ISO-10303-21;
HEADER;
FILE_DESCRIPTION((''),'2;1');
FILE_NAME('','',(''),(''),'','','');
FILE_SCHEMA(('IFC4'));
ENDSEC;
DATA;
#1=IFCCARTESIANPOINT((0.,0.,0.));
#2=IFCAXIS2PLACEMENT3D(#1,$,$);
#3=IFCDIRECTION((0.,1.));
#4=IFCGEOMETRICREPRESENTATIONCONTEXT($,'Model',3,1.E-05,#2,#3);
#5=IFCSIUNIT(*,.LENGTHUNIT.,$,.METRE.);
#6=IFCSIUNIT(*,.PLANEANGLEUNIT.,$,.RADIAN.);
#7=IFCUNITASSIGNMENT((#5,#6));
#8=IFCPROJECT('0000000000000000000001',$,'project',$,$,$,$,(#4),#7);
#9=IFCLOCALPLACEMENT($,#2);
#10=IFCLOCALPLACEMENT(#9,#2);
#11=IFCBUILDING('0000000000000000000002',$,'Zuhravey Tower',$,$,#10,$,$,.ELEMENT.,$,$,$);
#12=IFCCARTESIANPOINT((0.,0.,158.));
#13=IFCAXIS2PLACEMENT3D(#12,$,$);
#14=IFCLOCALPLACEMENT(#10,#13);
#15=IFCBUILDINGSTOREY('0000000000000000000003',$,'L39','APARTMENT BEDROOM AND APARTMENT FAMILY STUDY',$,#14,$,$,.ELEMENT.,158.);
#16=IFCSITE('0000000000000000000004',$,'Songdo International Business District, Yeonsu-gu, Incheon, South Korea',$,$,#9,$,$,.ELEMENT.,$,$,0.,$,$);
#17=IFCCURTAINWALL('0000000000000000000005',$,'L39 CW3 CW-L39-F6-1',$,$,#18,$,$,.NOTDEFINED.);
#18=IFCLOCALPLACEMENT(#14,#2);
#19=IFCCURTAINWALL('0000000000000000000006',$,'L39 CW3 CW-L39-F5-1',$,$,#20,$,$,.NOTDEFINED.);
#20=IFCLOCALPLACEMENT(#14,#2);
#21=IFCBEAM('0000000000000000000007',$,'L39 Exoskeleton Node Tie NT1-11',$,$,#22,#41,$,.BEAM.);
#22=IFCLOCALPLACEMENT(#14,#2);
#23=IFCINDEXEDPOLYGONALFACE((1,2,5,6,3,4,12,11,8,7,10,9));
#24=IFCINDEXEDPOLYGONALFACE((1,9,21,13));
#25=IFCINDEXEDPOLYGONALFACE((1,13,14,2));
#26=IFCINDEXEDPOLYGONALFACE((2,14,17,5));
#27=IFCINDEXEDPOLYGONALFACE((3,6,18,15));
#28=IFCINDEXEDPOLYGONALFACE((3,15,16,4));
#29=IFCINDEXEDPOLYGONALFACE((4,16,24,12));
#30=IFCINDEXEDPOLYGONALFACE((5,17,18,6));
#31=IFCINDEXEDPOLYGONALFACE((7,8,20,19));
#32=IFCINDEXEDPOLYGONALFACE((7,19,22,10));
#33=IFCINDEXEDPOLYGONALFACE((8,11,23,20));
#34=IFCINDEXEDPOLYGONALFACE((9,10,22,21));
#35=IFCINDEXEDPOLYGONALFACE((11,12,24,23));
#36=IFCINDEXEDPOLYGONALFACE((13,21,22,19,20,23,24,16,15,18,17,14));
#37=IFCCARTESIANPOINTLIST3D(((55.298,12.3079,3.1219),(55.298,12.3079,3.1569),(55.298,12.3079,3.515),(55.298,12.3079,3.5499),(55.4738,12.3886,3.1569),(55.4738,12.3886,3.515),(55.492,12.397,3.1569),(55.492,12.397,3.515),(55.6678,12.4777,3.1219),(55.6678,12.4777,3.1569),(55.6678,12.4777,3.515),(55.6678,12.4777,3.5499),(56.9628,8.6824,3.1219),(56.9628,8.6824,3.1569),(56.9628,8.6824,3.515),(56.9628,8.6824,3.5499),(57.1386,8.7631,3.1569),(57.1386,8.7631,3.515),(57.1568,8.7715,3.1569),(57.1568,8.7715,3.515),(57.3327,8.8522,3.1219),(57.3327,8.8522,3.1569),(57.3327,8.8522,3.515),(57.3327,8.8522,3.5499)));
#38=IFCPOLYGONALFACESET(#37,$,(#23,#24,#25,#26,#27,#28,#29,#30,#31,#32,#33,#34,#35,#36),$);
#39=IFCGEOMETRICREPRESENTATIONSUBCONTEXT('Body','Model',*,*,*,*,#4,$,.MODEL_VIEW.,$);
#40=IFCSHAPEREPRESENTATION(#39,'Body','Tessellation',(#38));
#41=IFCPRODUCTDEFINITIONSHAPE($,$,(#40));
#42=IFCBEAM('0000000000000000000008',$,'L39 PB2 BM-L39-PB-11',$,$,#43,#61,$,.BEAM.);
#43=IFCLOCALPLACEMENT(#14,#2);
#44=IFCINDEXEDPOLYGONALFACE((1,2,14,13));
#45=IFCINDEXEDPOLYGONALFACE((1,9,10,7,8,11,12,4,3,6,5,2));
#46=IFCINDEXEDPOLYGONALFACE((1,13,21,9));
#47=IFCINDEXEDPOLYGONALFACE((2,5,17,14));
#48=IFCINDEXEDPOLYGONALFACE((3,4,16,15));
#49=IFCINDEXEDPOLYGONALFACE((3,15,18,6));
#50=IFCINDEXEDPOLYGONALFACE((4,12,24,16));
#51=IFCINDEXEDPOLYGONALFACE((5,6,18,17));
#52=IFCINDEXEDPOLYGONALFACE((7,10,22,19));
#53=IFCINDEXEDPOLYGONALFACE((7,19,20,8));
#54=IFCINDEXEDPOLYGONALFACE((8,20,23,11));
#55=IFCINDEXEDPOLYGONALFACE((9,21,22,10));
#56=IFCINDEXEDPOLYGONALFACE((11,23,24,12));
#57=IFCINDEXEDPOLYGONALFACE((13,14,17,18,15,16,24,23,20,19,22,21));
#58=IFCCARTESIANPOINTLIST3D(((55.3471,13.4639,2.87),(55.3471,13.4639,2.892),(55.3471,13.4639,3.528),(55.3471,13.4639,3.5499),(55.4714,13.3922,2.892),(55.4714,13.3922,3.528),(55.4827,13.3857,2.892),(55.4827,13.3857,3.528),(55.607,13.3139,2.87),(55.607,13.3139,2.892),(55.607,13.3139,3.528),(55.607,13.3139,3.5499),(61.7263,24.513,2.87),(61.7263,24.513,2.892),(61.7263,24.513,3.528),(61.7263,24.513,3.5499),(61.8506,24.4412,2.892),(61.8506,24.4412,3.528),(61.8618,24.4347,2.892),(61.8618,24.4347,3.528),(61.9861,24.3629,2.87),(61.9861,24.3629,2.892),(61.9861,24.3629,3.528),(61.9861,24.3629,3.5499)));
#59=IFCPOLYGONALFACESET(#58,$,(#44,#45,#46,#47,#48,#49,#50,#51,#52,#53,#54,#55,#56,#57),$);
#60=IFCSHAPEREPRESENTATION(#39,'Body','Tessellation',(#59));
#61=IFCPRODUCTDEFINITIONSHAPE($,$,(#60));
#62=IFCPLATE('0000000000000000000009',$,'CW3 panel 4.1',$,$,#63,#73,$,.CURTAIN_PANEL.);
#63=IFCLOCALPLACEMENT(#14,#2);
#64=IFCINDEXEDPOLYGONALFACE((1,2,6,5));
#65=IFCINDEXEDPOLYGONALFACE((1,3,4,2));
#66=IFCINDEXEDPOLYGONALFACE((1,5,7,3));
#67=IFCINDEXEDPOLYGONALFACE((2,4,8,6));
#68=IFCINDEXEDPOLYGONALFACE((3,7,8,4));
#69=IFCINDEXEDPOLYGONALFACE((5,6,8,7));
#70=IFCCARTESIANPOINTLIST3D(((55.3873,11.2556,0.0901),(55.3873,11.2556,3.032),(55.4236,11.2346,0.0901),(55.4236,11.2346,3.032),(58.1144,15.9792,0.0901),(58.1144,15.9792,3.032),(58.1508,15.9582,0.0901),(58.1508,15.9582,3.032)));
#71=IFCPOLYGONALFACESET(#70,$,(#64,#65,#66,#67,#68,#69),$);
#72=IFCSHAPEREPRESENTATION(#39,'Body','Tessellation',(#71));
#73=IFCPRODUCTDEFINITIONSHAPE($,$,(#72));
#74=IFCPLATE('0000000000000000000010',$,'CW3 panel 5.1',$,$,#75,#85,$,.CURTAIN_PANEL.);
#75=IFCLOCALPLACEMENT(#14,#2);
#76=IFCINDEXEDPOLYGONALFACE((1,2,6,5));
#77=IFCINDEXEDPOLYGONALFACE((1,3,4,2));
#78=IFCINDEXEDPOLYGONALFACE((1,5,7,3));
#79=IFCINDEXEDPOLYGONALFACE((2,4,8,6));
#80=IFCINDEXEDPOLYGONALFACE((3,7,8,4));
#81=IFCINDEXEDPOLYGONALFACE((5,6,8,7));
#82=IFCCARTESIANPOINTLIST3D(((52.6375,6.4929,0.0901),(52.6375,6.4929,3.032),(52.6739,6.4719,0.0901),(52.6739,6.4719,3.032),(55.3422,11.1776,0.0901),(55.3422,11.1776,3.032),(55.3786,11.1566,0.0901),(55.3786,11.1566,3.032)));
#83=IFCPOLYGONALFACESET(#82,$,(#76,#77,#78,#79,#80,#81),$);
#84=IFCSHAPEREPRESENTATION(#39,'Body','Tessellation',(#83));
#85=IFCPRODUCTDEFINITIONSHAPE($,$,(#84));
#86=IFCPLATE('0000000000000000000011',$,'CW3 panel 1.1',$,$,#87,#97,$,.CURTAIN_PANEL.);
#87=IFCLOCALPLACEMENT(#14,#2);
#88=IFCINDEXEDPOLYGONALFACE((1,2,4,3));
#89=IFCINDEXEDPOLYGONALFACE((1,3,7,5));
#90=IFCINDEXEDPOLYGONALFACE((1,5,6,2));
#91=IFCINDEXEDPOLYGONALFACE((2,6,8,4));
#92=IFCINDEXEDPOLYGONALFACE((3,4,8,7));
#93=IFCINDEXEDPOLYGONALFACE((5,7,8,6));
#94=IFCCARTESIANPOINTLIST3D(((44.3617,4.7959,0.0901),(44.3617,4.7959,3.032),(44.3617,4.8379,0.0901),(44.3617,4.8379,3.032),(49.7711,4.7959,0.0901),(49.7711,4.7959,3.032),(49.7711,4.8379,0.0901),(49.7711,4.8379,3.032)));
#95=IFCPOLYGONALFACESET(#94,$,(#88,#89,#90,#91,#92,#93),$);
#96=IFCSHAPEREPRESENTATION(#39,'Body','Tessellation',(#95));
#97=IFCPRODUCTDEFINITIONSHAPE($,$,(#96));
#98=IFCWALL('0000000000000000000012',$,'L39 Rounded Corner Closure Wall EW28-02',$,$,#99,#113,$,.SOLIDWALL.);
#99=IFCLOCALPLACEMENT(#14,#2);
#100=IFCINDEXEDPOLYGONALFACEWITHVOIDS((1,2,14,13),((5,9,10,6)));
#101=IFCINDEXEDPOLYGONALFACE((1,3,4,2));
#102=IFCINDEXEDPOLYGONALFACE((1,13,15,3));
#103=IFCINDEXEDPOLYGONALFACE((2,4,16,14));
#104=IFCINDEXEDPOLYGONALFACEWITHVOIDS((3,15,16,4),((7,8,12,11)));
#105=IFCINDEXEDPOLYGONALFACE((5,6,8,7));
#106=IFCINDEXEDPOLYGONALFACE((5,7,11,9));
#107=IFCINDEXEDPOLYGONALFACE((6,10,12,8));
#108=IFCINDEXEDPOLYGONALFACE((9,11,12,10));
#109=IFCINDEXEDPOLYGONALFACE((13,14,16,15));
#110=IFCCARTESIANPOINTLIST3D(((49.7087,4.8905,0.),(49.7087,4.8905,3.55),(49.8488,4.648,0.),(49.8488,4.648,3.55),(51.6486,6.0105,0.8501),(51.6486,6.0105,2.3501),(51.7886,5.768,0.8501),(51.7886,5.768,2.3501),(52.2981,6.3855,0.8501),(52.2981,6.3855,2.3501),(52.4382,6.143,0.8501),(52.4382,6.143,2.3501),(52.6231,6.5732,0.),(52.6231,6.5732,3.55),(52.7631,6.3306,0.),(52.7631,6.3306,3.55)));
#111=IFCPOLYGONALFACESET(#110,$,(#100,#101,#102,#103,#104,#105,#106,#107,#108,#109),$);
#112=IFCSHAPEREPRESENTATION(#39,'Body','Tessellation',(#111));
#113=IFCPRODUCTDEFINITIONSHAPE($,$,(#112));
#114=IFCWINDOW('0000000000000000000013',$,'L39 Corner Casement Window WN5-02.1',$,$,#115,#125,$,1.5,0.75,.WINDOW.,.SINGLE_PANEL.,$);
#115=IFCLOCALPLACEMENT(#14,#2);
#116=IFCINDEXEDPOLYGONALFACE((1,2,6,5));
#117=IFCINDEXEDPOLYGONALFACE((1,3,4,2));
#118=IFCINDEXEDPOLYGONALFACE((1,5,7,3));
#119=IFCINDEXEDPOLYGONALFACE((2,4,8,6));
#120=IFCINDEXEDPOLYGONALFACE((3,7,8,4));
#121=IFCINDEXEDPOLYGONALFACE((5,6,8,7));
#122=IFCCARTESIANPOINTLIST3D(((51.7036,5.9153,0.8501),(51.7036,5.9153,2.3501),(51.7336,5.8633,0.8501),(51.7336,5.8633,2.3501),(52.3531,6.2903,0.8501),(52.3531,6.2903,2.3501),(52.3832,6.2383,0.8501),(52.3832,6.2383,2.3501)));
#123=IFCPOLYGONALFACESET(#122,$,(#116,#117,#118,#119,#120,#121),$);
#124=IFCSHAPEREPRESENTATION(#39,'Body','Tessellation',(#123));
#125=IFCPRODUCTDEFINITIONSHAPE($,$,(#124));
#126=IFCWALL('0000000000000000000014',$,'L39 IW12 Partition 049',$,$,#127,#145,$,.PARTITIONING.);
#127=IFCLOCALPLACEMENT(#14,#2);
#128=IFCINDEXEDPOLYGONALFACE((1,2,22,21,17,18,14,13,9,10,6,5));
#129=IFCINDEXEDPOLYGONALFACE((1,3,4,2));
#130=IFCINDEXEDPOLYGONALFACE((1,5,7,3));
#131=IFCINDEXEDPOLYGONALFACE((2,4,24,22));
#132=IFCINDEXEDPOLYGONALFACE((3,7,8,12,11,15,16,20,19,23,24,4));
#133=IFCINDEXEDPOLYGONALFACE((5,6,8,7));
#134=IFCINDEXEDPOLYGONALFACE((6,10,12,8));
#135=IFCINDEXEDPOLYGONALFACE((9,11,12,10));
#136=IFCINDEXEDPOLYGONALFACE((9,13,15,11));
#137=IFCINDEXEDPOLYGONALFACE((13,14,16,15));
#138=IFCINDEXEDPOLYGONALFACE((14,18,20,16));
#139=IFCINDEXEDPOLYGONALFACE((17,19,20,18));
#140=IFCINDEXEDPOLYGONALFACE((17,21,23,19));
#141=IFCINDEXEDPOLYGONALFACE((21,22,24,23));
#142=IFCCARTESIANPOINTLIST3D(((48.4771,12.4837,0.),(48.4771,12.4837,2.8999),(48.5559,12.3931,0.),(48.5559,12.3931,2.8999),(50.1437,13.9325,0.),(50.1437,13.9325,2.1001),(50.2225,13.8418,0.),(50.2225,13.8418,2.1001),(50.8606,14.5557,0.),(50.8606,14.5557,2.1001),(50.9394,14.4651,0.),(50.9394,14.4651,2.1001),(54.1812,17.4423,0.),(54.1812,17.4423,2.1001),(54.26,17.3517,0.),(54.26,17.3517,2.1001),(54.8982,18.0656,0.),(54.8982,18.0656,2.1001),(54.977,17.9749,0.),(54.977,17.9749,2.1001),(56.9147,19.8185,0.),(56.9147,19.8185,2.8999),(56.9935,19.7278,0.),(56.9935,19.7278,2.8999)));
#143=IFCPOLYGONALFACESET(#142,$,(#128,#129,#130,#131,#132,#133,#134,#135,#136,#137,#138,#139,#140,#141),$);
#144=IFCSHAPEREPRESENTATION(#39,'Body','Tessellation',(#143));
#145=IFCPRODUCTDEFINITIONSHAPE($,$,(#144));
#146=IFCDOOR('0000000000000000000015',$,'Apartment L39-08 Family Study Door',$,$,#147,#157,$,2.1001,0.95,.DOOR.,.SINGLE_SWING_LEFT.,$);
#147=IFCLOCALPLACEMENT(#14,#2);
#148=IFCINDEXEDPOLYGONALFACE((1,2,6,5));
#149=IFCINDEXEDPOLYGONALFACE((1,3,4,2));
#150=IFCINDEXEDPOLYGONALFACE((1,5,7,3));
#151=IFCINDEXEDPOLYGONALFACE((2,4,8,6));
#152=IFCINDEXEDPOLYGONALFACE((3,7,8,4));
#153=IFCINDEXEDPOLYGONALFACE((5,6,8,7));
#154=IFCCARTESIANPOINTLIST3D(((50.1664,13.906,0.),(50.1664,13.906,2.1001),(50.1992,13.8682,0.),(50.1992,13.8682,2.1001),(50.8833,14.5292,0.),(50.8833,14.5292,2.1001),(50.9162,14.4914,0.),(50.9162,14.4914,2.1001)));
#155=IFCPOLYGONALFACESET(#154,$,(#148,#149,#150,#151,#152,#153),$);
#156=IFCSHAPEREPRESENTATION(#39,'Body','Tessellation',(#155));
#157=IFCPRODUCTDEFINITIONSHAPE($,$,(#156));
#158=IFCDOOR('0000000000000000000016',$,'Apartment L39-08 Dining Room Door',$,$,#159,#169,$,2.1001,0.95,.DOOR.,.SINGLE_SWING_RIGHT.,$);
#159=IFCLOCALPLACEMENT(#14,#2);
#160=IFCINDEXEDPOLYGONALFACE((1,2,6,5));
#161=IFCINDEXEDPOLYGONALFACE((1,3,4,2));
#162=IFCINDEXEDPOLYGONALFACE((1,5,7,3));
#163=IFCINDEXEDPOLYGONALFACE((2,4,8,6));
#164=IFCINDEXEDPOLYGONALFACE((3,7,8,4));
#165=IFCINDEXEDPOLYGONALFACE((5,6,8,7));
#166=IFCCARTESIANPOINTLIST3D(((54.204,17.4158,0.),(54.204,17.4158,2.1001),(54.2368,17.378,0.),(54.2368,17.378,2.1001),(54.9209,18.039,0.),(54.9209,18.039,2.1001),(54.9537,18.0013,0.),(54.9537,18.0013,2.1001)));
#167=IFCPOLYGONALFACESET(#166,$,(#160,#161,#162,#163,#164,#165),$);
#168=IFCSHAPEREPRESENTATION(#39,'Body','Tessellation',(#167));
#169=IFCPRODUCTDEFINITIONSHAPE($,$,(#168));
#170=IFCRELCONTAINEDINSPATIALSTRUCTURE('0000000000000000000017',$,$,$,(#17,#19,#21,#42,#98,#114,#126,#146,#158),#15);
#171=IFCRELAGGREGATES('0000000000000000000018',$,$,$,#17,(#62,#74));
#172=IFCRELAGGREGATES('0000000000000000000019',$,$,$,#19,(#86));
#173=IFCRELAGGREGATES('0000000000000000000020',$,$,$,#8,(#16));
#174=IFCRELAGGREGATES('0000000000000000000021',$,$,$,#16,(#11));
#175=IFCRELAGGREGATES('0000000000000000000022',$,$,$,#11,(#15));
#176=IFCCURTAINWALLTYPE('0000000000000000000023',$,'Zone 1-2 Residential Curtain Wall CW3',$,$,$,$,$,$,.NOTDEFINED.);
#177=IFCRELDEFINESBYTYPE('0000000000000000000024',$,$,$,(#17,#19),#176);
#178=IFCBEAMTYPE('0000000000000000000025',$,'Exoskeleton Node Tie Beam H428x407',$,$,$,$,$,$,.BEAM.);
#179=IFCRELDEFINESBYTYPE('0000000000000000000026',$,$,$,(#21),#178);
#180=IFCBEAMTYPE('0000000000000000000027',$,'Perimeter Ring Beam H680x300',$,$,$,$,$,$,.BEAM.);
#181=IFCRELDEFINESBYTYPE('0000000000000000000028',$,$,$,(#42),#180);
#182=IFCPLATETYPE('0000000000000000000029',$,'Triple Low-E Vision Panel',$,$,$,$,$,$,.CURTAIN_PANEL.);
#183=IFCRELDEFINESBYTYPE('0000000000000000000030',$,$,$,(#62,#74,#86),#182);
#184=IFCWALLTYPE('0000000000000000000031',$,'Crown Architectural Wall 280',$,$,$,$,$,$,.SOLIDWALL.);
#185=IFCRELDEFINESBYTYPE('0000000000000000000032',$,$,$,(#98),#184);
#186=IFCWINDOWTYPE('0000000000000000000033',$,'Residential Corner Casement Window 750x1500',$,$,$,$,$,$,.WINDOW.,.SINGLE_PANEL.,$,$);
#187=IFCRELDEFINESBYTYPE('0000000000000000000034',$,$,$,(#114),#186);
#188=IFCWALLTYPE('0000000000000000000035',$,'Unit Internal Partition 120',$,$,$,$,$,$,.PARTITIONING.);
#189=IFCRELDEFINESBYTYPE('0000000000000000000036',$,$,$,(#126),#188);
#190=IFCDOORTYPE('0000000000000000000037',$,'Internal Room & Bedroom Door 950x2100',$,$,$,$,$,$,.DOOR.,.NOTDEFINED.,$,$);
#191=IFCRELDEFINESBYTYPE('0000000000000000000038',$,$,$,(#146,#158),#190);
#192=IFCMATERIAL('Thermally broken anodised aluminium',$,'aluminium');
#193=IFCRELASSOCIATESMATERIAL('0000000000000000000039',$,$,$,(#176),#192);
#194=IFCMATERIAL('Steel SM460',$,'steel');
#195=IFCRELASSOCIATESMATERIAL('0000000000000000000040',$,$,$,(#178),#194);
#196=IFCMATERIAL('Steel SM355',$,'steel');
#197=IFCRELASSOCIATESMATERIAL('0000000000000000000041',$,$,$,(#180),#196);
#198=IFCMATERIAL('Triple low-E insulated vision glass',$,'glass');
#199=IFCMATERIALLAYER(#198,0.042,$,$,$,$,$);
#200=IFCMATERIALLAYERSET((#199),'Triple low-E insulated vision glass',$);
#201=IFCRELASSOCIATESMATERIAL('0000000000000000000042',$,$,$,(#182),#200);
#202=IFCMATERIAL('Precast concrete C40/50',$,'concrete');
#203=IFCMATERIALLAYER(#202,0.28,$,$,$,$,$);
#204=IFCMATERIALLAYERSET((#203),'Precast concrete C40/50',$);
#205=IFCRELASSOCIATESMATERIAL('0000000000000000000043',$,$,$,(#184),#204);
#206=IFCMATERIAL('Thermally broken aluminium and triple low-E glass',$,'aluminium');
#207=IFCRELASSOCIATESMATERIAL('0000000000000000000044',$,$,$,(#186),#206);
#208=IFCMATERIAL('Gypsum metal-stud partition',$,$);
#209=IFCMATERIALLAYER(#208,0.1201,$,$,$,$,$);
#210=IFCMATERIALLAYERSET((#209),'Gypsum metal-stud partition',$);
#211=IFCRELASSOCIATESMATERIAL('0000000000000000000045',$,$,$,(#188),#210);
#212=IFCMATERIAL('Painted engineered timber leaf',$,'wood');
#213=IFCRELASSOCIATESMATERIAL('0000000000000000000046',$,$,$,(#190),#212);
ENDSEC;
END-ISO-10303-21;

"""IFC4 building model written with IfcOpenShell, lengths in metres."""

from ifc_helpers import new_model, si_unit, direction, frame, frame_2d, origin, origin_2d, place, context, subcontext, project, spatial, rectangle, i_section, extrude, material, layer, layer_set, material_profile, profile_set, type_object, element, fill, aggregate, save


model = new_model("IFC4")

# Units and contexts
model_context = context("Model", 3, precision=1e-05, world=origin(), true_north=direction((0.0, 1.0)))
body_context = subcontext(model_context, "Body", "Model", "MODEL_VIEW")
ifc_project = project(units=[si_unit("LENGTHUNIT", "METRE"), si_unit("PLANEANGLEUNIT", "RADIAN")], contexts=[model_context])

# Site, building, storey
site_placement = place(None, origin())
site = spatial("IfcSite", under=ifc_project, at=site_placement, Name="Songdo International Business District, Yeonsu-gu, Incheon, South Korea", CompositionType="ELEMENT", RefElevation=0.0)
building_placement = place(site_placement, origin())
building = spatial("IfcBuilding", under=site, at=building_placement, Name="Zuhravey Tower", CompositionType="ELEMENT")
storey_placement = place(building_placement, frame((0.0, 0.0, 158.0)))
storey = spatial("IfcBuildingStorey", under=building, at=storey_placement, Name="L39", Description="APARTMENT BEDROOM AND APARTMENT FAMILY STUDY", CompositionType="ELEMENT", Elevation=158.0)

# Curtain wall
ifc_material_1 = material(Name="Thermally broken anodised aluminium", Category="aluminium")
curtain_wall_type = type_object("IfcCurtainWallType", Name="Zone 1-2 Residential Curtain Wall CW3", PredefinedType="NOTDEFINED", material=ifc_material_1)
curtain_wall_1_placement = place(storey_placement, origin())
curtain_wall_1 = element("IfcCurtainWall", 1, at=curtain_wall_1_placement, inside=storey, type_object=curtain_wall_type, Name="L39 CW3 CW-L39-F6-1", PredefinedType="NOTDEFINED")

# Curtain wall
curtain_wall_2_placement = place(storey_placement, origin())
curtain_wall_2 = element("IfcCurtainWall", 2, at=curtain_wall_2_placement, inside=storey, type_object=curtain_wall_type, Name="L39 CW3 CW-L39-F5-1", PredefinedType="NOTDEFINED")

# Beams
ifc_material_2 = material(Name="Steel SM460", Category="steel")
ifc_material_profile_1 = material_profile(ifc_material_2, i_section(OverallWidth=0.407, OverallDepth=0.428, WebThickness=0.02, FlangeThickness=0.0349, at=origin_2d()), Name="H-428x407x20x35")
ifc_profile_set_1 = profile_set([ifc_material_profile_1], Name="Steel SM460")
beam_type_1 = type_object("IfcBeamType", Name="Exoskeleton Node Tie Beam H428x407", PredefinedType="BEAM", material=ifc_profile_set_1)
beam_1_placement = place(storey_placement, frame((55.4829, 12.3928, 3.3359), z_axis=(0.417299, -0.908769, 0.0), x_axis=(0.908769, 0.417299, 0.0)))
element("IfcBeam", 3, at=beam_1_placement, inside=storey, type_object=beam_type_1, Name="L39 Exoskeleton Node Tie NT1-11", PredefinedType="BEAM", context=body_context, shape_type="SweptSolid", body=[
    extrude(i_section(OverallWidth=0.407, OverallDepth=0.428, WebThickness=0.02, FlangeThickness=0.0349, at=origin_2d()), origin(), (0.0, 0.0, 1.0), 3.9895),
])
ifc_material_3 = material(Name="Steel SM355", Category="steel")
ifc_material_profile_2 = material_profile(ifc_material_3, i_section(OverallWidth=0.3, OverallDepth=0.6799, WebThickness=0.0129, FlangeThickness=0.022, at=origin_2d()), Name="H-680x300x13x22")
ifc_profile_set_2 = profile_set([ifc_material_profile_2], Name="Steel SM355")
beam_type_2 = type_object("IfcBeamType", Name="Perimeter Ring Beam H680x300", PredefinedType="BEAM", material=ifc_profile_set_2)
beam_2_placement = place(storey_placement, frame((55.4771, 13.3889, 3.21), z_axis=(0.499998, 0.866027, 0.0), x_axis=(-0.866027, 0.499998, 0.0)))
element("IfcBeam", 4, at=beam_2_placement, inside=storey, type_object=beam_type_2, Name="L39 PB2 BM-L39-PB-11", PredefinedType="BEAM", context=body_context, shape_type="SweptSolid", body=[
    extrude(i_section(OverallWidth=0.3, OverallDepth=0.6799, WebThickness=0.0129, FlangeThickness=0.022, at=origin_2d()), origin(), (0.0, 0.0, 1.0), 12.7583),
])

# Plates
ifc_material_4 = material(Name="Triple low-E insulated vision glass", Category="glass")
ifc_layer_1 = layer(ifc_material_4, 0.042)
ifc_layer_set_1 = layer_set([ifc_layer_1], Name="Triple low-E insulated vision glass")
plate_type = type_object("IfcPlateType", Name="Triple Low-E Vision Panel", PredefinedType="CURTAIN_PANEL", material=ifc_layer_set_1)
plate_1_placement = place(storey_placement, frame((56.769, 13.6069, 0.0901), z_axis=(0.0, 0.0, 1.0), x_axis=(-0.5, -0.866025, 0.0)))
plate_1 = element("IfcPlate", 5, at=plate_1_placement, type_object=plate_type, Name="CW3 panel 4.1", PredefinedType="CURTAIN_PANEL", context=body_context, shape_type="SweptSolid", body=[
    extrude(rectangle(XDim=5.4543, YDim=0.042, at=origin_2d()), origin(), (0.0, 0.0, 1.0), 2.9419),
])
plate_2_placement = place(storey_placement, frame((54.0081, 8.8247, 0.0901), z_axis=(0.0, 0.0, 1.0), x_axis=(-0.5, -0.866025, 0.0)))
plate_2 = element("IfcPlate", 6, at=plate_2_placement, type_object=plate_type, Name="CW3 panel 5.1", PredefinedType="CURTAIN_PANEL", context=body_context, shape_type="SweptSolid", body=[
    extrude(rectangle(XDim=5.4094, YDim=0.042, at=origin_2d()), origin(), (0.0, 0.0, 1.0), 2.9419),
])
aggregate(curtain_wall_1, [plate_1, plate_2])
plate_3_placement = place(storey_placement, frame((47.0664, 4.8169, 0.0901), z_axis=(0.0, 0.0, 1.0), x_axis=(-1.0, 0.0, 0.0)))
plate_3 = element("IfcPlate", 7, at=plate_3_placement, type_object=plate_type, Name="CW3 panel 1.1", PredefinedType="CURTAIN_PANEL", context=body_context, shape_type="SweptSolid", body=[
    extrude(rectangle(XDim=5.4094, YDim=0.042, at=origin_2d()), origin(), (0.0, 0.0, 1.0), 2.9419),
])
aggregate(curtain_wall_2, [plate_3])

# Wall, opening, window
ifc_material_5 = material(Name="Precast concrete C40/50", Category="concrete")
ifc_layer_2 = layer(ifc_material_5, 0.28)
ifc_layer_set_2 = layer_set([ifc_layer_2], Name="Precast concrete C40/50")
wall_type_1 = type_object("IfcWallType", Name="Crown Architectural Wall 280", PredefinedType="SOLIDWALL", material=ifc_layer_set_2)
wall_1_placement = place(storey_placement, frame((52.6931, 6.4519, 0.0), z_axis=(0.0, 0.0, 1.0), x_axis=(-0.86602, -0.500009, 0.0)))
wall_1 = element("IfcWall", 8, at=wall_1_placement, inside=storey, type_object=wall_type_1, Name="L39 Rounded Corner Closure Wall EW28-02", PredefinedType="SOLIDWALL", context=body_context, shape_type="SweptSolid", body=[
    extrude(rectangle(XDim=3.3652, YDim=0.28, at=frame_2d((1.6826, 0.0))), origin(), (0.0, 0.0, 1.0), 3.55),
])
opening_1_placement = place(wall_1_placement, frame((0.3752, 0.0, 0.8501)))
opening_1 = element("IfcOpeningElement", 9, at=opening_1_placement, cuts=wall_1, PredefinedType="OPENING", context=body_context, shape_type="SweptSolid", body=[
    extrude(rectangle(XDim=0.75, YDim=1.5, at=frame_2d((0.375, 0.75))), frame((0.0, 0.1521, 0.0), z_axis=(0.0, -1.0, 0.0), x_axis=(1.0, 0.0, 0.0)), (0.0, 0.0, 1.0), 0.304),
])
ifc_material_6 = material(Name="Thermally broken aluminium and triple low-E glass", Category="aluminium")
window_type = type_object("IfcWindowType", Name="Residential Corner Casement Window 750x1500", PartitioningType="SINGLE_PANEL", PredefinedType="WINDOW", material=ifc_material_6)
window_placement = place(opening_1_placement, origin())
window = element("IfcWindow", 10, at=window_placement, inside=storey, type_object=window_type, Name="L39 Corner Casement Window WN5-02.1", OverallHeight=1.5, OverallWidth=0.75, PartitioningType="SINGLE_PANEL", PredefinedType="WINDOW", context=body_context, shape_type="SweptSolid", body=[
    extrude(rectangle(XDim=0.75, YDim=1.5, at=frame_2d((0.375, 0.75))), frame((0.0, 0.03, 0.0), z_axis=(0.0, -1.0, 0.0), x_axis=(1.0, 0.0, 0.0)), (0.0, 0.0, 1.0), 0.0601),
])
fill(opening_1, window)

# Wall, openings, doors
ifc_material_7 = material(Name="Gypsum metal-stud partition")
ifc_layer_3 = layer(ifc_material_7, 0.1201)
ifc_layer_set_3 = layer_set([ifc_layer_3], Name="Gypsum metal-stud partition")
wall_type_2 = type_object("IfcWallType", Name="Unit Internal Partition 120", PredefinedType="PARTITIONING", material=ifc_layer_set_3)
wall_2_placement = place(storey_placement, frame((48.5166, 12.4385, 0.0), z_axis=(0.0, 0.0, 1.0), x_axis=(0.754705, 0.656065, 0.0)))
wall_2 = element("IfcWall", 11, at=wall_2_placement, inside=storey, type_object=wall_type_2, Name="L39 IW12 Partition 049", PredefinedType="PARTITIONING", context=body_context, shape_type="SweptSolid", body=[
    extrude(rectangle(XDim=11.1799, YDim=0.1201, at=frame_2d((5.5898, 0.0))), origin(), (0.0, 0.0, 1.0), 2.8999),
])
opening_2_placement = place(wall_2_placement, frame((2.208, 0.0, 0.0)))
opening_2 = element("IfcOpeningElement", 12, at=opening_2_placement, cuts=wall_2, PredefinedType="OPENING", context=body_context, shape_type="SweptSolid", body=[
    extrude(rectangle(XDim=0.95, YDim=2.1001, at=frame_2d((0.4751, 1.05))), frame((0.0, 0.072, 0.0), z_axis=(0.0, -1.0, 0.0), x_axis=(1.0, 0.0, 0.0)), (0.0, 0.0, 1.0), 0.144),
])
opening_3_placement = place(wall_2_placement, frame((7.5579, 0.0, 0.0)))
opening_3 = element("IfcOpeningElement", 13, at=opening_3_placement, cuts=wall_2, PredefinedType="OPENING", context=body_context, shape_type="SweptSolid", body=[
    extrude(rectangle(XDim=0.95, YDim=2.1001, at=frame_2d((0.4751, 1.05))), frame((0.0, 0.072, 0.0), z_axis=(0.0, -1.0, 0.0), x_axis=(1.0, 0.0, 0.0)), (0.0, 0.0, 1.0), 0.144),
])
ifc_material_8 = material(Name="Painted engineered timber leaf", Category="wood")
door_type = type_object("IfcDoorType", Name="Internal Room & Bedroom Door 950x2100", OperationType="NOTDEFINED", PredefinedType="DOOR", material=ifc_material_8)
door_1_placement = place(opening_2_placement, frame((0.95, 0.0, 0.0), z_axis=(0.0, 0.0, 1.0), x_axis=(-1.0, 0.0, 0.0)))
door_1 = element("IfcDoor", 14, at=door_1_placement, inside=storey, type_object=door_type, Name="Apartment L39-08 Family Study Door", OperationType="SINGLE_SWING_LEFT", OverallHeight=2.1001, OverallWidth=0.95, PredefinedType="DOOR", context=body_context, shape_type="SweptSolid", body=[
    extrude(rectangle(XDim=0.95, YDim=2.1001, at=frame_2d((0.4751, 1.05))), frame((0.0, 0.0249, 0.0), z_axis=(0.0, -1.0, 0.0), x_axis=(1.0, 0.0, 0.0)), (0.0, 0.0, 1.0), 0.05),
])
fill(opening_2, door_1)
door_2_placement = place(opening_3_placement, frame((0.95, 0.0, 0.0), z_axis=(0.0, 0.0, 1.0), x_axis=(-1.0, 0.0, 0.0)))
door_2 = element("IfcDoor", 15, at=door_2_placement, inside=storey, type_object=door_type, Name="Apartment L39-08 Dining Room Door", OperationType="SINGLE_SWING_RIGHT", OverallHeight=2.1001, OverallWidth=0.95, PredefinedType="DOOR", context=body_context, shape_type="SweptSolid", body=[
    extrude(rectangle(XDim=0.95, YDim=2.1001, at=frame_2d((0.4751, 1.05))), frame((0.0, 0.0249, 0.0), z_axis=(0.0, -1.0, 0.0), x_axis=(1.0, 0.0, 0.0)), (0.0, 0.0, 1.0), 0.05),
])
fill(opening_3, door_2)

save(model, "model.ifc")
